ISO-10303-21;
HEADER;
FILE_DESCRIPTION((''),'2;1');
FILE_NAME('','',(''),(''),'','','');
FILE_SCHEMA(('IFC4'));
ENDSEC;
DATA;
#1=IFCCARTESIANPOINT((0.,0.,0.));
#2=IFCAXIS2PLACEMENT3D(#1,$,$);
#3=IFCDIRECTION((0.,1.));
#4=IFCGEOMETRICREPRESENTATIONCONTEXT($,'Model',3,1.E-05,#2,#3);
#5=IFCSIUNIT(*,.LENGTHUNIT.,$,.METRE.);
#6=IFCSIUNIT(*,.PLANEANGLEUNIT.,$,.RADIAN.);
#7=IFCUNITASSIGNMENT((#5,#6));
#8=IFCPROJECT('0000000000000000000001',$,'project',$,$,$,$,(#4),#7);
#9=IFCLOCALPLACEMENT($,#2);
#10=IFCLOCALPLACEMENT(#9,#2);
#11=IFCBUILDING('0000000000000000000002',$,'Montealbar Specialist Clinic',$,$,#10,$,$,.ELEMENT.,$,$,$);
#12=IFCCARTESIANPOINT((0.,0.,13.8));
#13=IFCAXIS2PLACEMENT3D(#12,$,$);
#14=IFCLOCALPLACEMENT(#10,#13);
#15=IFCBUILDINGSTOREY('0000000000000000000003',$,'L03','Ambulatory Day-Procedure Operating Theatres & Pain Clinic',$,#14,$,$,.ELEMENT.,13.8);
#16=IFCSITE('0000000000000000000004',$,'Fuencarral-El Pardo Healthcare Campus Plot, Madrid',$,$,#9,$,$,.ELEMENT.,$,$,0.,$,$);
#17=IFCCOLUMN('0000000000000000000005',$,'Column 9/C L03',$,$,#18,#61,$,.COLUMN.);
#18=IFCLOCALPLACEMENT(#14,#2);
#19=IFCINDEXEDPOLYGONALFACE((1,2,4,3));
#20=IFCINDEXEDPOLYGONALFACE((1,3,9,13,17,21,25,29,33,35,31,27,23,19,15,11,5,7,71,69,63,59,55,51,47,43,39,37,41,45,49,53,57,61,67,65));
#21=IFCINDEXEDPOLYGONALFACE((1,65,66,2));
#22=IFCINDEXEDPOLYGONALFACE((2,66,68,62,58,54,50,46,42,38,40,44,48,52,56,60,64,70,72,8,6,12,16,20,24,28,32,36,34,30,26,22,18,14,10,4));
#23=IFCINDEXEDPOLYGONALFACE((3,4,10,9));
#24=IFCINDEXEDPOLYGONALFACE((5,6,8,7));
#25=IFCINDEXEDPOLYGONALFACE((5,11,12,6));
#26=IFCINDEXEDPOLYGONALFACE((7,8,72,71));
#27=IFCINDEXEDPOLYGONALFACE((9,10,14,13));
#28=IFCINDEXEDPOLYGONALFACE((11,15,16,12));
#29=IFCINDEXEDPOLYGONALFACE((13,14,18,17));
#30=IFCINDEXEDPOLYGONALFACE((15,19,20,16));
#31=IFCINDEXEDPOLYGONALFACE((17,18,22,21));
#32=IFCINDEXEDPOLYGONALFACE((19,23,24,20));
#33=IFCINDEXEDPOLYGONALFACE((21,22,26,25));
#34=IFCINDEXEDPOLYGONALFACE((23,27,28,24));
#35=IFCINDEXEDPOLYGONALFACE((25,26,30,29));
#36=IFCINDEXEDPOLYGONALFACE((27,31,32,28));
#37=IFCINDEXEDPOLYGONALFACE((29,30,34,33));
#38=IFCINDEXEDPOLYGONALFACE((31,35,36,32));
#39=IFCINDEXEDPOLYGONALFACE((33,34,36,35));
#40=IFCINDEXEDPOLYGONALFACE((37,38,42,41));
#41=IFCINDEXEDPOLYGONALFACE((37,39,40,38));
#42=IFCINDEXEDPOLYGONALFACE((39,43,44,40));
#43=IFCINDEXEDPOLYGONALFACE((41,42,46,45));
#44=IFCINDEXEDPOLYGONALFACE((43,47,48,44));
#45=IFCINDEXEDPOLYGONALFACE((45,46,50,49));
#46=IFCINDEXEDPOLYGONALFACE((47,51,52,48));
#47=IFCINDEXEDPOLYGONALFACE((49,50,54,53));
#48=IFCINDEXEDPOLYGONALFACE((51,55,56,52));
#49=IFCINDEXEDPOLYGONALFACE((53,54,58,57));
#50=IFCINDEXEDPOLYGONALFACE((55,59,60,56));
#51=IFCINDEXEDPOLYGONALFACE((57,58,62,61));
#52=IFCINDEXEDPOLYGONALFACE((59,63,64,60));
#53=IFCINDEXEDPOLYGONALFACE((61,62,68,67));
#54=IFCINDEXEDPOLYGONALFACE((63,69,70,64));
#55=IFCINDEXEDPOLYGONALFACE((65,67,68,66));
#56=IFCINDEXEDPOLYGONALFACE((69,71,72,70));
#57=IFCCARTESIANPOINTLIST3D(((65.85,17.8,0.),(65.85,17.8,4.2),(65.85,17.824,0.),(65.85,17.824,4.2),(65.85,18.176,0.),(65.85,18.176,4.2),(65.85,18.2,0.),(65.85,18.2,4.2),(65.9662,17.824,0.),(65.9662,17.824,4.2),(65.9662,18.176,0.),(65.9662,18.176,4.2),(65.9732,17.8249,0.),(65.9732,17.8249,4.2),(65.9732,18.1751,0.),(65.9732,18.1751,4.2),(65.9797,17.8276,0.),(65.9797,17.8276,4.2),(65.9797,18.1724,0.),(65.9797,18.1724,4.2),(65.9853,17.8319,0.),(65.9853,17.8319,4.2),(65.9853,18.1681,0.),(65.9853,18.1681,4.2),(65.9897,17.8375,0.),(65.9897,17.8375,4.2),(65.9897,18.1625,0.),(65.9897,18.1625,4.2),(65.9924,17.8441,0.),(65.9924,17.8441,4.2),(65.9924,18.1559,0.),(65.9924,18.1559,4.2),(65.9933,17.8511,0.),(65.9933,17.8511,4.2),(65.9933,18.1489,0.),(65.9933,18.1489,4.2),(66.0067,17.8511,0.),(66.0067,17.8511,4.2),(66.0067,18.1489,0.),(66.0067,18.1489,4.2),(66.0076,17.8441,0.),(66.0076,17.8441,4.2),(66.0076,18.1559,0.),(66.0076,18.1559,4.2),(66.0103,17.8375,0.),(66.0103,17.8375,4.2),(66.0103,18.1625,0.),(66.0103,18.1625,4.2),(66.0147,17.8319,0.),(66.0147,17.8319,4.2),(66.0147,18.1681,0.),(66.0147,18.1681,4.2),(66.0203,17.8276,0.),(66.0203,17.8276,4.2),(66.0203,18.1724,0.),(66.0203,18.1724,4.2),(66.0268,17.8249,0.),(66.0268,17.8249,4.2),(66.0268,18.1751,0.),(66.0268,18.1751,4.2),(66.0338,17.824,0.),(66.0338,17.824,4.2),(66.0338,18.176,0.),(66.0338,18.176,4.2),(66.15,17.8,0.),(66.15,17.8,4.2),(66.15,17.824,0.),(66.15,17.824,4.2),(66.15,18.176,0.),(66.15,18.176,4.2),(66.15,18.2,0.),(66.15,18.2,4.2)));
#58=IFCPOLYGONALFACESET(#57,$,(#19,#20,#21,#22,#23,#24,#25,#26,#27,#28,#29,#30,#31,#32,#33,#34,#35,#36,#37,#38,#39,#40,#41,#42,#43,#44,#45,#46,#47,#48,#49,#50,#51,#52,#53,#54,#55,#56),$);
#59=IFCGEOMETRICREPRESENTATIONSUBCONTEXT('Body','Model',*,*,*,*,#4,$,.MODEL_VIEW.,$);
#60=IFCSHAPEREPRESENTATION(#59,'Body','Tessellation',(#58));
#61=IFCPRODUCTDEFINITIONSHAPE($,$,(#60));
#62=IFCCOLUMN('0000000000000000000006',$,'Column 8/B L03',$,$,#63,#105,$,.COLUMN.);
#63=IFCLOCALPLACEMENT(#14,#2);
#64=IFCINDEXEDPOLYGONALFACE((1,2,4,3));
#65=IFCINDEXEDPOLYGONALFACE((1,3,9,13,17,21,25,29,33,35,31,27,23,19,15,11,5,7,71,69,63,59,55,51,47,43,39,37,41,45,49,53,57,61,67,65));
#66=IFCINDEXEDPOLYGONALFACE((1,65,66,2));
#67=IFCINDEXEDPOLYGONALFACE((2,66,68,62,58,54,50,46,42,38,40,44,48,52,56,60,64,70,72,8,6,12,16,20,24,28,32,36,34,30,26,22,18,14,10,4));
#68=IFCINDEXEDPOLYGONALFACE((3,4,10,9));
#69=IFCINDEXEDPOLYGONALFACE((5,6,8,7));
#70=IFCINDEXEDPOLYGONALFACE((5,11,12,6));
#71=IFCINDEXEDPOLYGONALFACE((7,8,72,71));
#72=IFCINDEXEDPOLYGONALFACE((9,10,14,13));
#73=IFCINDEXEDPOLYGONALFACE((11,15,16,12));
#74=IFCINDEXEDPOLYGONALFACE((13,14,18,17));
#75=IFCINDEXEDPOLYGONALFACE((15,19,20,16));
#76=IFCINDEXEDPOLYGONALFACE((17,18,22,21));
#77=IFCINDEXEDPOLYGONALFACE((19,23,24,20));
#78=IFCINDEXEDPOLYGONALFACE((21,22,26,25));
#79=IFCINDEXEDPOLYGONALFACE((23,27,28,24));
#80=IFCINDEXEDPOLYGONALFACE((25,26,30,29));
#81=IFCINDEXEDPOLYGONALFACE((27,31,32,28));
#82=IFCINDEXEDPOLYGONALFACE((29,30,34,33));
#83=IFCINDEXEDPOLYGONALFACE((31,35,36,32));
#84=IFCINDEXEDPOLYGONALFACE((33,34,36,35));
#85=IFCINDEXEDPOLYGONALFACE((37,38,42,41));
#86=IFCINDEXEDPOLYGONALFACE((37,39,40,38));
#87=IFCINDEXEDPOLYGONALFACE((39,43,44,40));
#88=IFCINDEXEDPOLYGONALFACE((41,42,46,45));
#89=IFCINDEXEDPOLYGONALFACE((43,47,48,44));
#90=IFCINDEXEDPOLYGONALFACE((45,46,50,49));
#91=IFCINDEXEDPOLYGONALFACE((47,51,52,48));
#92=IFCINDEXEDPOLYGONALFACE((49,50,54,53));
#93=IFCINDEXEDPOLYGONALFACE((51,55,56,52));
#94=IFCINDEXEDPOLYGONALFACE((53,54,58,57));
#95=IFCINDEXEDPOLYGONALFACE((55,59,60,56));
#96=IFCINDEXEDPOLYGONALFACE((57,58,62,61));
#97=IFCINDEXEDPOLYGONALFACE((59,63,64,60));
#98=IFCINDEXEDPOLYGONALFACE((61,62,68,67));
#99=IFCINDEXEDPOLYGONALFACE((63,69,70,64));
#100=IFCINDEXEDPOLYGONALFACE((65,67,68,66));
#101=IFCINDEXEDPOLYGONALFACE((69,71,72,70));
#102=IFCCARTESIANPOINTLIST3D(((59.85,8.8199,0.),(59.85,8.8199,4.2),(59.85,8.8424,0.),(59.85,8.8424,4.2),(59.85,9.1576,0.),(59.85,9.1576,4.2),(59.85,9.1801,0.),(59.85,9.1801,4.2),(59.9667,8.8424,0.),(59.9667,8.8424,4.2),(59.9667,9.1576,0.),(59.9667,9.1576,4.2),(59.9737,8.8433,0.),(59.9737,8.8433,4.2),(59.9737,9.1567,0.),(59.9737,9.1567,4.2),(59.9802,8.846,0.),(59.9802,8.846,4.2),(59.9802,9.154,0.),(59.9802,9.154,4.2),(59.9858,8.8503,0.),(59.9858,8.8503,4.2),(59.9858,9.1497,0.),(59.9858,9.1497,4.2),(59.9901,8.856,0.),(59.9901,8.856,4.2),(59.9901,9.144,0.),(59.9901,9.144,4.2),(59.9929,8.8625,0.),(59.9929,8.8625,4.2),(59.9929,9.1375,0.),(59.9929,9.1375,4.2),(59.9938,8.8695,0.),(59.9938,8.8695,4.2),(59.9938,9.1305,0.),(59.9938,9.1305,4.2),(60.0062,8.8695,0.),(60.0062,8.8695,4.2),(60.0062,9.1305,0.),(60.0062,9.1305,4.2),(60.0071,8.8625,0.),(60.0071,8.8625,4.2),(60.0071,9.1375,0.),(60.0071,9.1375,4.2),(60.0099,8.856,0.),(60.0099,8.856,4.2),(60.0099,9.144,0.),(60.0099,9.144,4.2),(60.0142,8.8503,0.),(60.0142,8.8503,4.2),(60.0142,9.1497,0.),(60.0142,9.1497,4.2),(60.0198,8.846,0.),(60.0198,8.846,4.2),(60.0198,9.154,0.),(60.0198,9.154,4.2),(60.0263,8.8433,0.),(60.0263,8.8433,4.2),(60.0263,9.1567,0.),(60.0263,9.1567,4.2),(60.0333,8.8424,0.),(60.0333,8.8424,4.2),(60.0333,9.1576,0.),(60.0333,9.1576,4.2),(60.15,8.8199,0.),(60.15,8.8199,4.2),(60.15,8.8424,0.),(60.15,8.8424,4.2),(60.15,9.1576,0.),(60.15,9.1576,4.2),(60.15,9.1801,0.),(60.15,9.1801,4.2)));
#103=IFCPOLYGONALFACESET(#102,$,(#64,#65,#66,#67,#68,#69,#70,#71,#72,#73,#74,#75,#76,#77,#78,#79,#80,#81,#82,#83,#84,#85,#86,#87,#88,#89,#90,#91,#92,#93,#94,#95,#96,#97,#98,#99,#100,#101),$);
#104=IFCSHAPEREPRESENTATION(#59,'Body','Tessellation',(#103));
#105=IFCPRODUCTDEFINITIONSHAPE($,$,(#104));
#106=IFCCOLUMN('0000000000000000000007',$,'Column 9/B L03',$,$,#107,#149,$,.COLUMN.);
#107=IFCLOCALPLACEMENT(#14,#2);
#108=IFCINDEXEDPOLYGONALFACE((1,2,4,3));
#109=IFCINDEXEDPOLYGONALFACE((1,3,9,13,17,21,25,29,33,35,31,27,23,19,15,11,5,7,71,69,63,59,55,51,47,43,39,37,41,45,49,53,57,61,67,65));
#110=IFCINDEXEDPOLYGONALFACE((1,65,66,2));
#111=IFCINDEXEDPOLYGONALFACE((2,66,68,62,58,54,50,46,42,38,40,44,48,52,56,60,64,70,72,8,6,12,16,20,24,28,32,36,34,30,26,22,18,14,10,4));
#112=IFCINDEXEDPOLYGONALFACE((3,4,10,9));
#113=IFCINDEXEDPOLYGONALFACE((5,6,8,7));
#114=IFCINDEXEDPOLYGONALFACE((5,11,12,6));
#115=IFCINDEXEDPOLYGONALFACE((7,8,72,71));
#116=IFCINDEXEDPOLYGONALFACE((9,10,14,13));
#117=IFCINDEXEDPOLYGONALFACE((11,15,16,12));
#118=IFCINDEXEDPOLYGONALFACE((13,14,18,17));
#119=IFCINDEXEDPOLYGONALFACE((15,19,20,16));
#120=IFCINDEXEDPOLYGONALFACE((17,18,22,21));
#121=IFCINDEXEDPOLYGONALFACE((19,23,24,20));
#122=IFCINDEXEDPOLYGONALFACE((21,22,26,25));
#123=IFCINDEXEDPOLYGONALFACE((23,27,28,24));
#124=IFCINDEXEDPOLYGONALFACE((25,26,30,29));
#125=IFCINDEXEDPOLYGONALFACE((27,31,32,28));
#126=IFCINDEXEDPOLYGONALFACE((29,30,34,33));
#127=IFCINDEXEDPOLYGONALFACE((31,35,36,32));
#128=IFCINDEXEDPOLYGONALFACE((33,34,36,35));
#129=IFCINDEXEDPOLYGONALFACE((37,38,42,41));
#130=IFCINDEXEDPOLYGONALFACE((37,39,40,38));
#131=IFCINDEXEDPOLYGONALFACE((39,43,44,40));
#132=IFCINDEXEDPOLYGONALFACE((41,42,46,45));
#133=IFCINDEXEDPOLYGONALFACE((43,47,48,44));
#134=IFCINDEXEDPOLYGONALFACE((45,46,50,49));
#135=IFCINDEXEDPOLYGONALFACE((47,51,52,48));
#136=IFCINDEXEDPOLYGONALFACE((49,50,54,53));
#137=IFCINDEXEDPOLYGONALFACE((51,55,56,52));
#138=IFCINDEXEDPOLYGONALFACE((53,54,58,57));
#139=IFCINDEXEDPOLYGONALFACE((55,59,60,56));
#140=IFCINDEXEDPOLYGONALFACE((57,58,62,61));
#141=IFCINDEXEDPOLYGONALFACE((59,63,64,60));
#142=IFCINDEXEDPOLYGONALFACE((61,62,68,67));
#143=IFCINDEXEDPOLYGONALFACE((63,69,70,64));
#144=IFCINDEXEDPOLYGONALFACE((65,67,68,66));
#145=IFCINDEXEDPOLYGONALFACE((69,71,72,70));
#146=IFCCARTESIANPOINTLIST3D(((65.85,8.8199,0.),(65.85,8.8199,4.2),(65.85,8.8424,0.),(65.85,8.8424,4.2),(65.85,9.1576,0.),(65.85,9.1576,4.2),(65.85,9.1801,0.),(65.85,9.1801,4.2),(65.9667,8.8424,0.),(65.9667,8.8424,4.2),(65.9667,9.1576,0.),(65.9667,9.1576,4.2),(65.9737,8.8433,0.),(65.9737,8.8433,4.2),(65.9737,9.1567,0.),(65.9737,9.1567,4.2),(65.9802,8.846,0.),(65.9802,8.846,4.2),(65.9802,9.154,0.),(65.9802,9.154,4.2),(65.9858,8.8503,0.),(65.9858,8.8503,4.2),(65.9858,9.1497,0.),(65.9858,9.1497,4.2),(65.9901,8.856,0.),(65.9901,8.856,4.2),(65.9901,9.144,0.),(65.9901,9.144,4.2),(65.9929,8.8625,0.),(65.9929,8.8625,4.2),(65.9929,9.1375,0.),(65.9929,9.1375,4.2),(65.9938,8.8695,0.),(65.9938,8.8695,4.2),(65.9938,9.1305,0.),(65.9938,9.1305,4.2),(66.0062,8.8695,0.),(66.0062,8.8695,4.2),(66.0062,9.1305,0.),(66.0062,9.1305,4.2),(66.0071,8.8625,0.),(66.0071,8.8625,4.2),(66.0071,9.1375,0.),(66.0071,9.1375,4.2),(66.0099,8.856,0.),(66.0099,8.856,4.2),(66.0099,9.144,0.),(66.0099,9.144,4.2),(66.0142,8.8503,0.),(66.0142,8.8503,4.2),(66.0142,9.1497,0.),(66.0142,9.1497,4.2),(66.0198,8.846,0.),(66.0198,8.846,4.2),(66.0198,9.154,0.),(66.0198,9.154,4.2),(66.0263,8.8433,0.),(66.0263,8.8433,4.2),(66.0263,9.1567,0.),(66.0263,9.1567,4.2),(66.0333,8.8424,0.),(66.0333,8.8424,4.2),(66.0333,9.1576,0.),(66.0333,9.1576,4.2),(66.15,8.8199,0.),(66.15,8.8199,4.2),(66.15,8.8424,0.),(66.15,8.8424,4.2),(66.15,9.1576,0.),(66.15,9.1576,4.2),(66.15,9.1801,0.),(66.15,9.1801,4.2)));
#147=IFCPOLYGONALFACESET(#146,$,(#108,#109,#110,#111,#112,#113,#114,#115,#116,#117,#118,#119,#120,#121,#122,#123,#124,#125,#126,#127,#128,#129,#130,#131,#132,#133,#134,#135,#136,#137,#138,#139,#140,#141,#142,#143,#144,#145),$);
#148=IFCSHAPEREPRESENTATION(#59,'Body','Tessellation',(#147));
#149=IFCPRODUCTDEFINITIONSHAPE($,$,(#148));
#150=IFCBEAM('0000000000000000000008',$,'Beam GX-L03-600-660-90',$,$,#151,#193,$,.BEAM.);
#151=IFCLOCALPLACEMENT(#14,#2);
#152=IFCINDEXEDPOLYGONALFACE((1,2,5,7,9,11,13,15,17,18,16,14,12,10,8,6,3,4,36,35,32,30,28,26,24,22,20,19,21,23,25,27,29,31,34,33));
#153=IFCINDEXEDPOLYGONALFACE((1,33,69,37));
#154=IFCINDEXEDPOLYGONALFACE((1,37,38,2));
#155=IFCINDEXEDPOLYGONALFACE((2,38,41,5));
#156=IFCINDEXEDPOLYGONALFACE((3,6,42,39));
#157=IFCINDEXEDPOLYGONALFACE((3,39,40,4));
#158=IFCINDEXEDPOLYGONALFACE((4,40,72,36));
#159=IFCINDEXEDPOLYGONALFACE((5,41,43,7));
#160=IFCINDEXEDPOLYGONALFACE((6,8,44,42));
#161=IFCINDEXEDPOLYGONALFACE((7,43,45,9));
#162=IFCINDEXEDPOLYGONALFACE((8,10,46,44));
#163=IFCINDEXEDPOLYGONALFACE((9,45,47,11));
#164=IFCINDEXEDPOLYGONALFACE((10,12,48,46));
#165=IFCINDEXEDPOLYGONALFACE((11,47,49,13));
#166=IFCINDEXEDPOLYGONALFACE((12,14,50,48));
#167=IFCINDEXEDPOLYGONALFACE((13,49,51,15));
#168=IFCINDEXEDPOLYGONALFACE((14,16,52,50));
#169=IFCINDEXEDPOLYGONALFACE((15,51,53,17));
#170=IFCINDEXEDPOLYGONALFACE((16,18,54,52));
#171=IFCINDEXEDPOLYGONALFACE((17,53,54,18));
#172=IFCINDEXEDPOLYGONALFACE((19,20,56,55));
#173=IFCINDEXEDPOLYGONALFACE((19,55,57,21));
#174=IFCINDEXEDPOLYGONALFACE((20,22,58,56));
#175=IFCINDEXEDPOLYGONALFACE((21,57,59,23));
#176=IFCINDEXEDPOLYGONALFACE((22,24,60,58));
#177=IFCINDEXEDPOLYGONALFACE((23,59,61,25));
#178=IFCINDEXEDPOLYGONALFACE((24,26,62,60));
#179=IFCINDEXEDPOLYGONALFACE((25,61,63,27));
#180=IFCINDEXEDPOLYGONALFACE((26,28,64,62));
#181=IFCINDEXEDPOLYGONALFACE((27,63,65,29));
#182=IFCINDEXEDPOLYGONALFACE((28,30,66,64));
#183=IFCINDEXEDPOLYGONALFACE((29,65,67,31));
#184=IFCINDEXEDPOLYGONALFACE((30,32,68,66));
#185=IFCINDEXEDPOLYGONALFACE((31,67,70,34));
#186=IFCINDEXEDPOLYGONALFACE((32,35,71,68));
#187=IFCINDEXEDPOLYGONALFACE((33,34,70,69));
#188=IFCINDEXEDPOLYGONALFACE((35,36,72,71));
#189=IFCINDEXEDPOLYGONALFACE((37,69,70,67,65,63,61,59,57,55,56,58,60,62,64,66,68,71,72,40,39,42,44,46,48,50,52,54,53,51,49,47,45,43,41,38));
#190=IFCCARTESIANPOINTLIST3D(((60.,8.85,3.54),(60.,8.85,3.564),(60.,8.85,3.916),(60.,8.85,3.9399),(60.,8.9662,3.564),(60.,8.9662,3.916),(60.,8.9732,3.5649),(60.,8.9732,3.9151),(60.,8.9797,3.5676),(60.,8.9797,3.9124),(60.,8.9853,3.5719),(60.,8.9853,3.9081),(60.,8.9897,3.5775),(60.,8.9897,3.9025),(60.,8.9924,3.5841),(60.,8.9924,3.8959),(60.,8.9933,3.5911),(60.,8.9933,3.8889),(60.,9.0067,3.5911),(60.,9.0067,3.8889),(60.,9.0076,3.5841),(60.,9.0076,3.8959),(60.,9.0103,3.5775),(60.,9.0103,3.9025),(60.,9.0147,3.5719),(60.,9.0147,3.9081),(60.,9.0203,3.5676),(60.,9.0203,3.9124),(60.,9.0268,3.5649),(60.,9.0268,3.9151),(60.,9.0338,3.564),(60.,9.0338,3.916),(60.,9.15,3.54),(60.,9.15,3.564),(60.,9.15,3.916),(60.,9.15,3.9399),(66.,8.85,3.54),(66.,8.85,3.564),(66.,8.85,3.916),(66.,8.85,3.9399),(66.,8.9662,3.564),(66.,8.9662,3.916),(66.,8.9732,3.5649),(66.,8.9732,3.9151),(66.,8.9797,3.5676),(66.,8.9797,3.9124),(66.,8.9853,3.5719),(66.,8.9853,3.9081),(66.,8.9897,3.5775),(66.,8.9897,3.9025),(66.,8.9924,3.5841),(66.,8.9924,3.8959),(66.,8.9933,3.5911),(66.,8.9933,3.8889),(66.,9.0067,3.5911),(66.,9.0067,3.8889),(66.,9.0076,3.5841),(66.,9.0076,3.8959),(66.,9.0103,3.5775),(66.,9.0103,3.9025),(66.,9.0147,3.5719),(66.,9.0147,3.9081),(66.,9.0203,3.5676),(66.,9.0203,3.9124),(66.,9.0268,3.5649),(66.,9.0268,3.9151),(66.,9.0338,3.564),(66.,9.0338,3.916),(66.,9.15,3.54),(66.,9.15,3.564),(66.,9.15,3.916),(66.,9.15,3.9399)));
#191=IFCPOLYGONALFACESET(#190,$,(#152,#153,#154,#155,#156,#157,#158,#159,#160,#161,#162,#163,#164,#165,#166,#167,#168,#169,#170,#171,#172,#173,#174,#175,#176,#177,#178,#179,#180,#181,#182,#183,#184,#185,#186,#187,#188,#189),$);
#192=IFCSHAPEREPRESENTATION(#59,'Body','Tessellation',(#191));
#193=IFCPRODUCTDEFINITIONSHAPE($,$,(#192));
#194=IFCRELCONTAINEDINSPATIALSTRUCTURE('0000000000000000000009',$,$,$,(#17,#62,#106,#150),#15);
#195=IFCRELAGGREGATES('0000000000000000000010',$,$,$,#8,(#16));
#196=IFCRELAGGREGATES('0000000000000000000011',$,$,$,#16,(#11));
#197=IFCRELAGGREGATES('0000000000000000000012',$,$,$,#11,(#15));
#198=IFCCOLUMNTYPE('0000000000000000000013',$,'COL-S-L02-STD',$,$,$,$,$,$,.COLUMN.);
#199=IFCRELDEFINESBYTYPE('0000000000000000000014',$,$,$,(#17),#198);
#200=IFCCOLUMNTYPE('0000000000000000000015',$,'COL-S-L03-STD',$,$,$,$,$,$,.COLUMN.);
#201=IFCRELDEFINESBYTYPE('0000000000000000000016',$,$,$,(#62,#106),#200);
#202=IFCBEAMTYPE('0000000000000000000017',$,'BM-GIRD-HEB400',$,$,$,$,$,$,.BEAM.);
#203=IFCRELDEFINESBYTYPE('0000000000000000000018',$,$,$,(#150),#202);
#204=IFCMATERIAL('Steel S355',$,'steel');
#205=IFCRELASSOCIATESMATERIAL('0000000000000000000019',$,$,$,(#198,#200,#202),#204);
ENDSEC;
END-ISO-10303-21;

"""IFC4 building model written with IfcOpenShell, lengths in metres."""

from ifc_helpers import new_model, si_unit, direction, frame, origin, origin_2d, place, context, subcontext, project, spatial, i_section, extrude, material, material_profile, profile_set, type_object, element, save


model = new_model("IFC4")

# Units and contexts
model_context = context("Model", 3, precision=1e-05, world=origin(), true_north=direction((0.0, 1.0)))
body_context = subcontext(model_context, "Body", "Model", "MODEL_VIEW")
ifc_project = project(units=[si_unit("LENGTHUNIT", "METRE"), si_unit("PLANEANGLEUNIT", "RADIAN")], contexts=[model_context])

# Site, building, storey
site_placement = place(None, origin())
site = spatial("IfcSite", under=ifc_project, at=site_placement, Name="Fuencarral-El Pardo Healthcare Campus Plot, Madrid", CompositionType="ELEMENT", RefElevation=0.0)
building_placement = place(site_placement, origin())
building = spatial("IfcBuilding", under=site, at=building_placement, Name="Montealbar Specialist Clinic", CompositionType="ELEMENT")
storey_placement = place(building_placement, frame((0.0, 0.0, 13.8)))
storey = spatial("IfcBuildingStorey", under=building, at=storey_placement, Name="L03", Description="Ambulatory Day-Procedure Operating Theatres & Pain Clinic", CompositionType="ELEMENT", Elevation=13.8)

# Columns
ifc_material_1 = material(Name="Steel S355", Category="steel")
ifc_material_profile_1 = material_profile(ifc_material_1, i_section(OverallWidth=0.3, OverallDepth=0.3999, WebThickness=0.0134, FlangeThickness=0.0239, FilletRadius=0.0271, at=origin_2d()), Name="HEB 400", Category="steel")
ifc_profile_set_1 = profile_set([ifc_material_profile_1], Name="Steel S355")
column_type_1 = type_object("IfcColumnType", Name="COL-S-L02-STD", PredefinedType="COLUMN", material=ifc_profile_set_1)
column_placement = place(storey_placement, frame((66.0, 18.0, 0.0), z_axis=(0.0, 0.0, 1.0), x_axis=(1.0, 0.0, 0.0)))
element("IfcColumn", 1, at=column_placement, inside=storey, type_object=column_type_1, Name="Column 9/C L03", PredefinedType="COLUMN", context=body_context, shape_type="SweptSolid", body=[
    extrude(i_section(OverallWidth=0.3, OverallDepth=0.3999, WebThickness=0.0134, FlangeThickness=0.0239, FilletRadius=0.0271, at=origin_2d()), origin(), (0.0, 0.0, 1.0), 4.2),
])
ifc_material_profile_2 = material_profile(ifc_material_1, i_section(OverallWidth=0.3, OverallDepth=0.3601, WebThickness=0.0125, FlangeThickness=0.0225, FilletRadius=0.0271, at=origin_2d()), Name="HEB 360", Category="steel")
ifc_profile_set_2 = profile_set([ifc_material_profile_2], Name="Steel S355")
column_type_2 = type_object("IfcColumnType", Name="COL-S-L03-STD", PredefinedType="COLUMN", material=ifc_profile_set_2)
for number, where, z_axis, x_axis, name in (
    (2, (60.0, 9.0, 0.0), (0.0, 0.0, 1.0), (1.0, 0.0, 0.0), "Column 8/B L03"),
    (3, (66.0, 9.0, 0.0), (0.0, 0.0, 1.0), (1.0, 0.0, 0.0), "Column 9/B L03"),
):
    element("IfcColumn", number, at=place(storey_placement, frame(where, z_axis=z_axis, x_axis=x_axis)), inside=storey, type_object=column_type_2, Name=name, PredefinedType="COLUMN", context=body_context, shape_type="SweptSolid", body=[
        extrude(i_section(OverallWidth=0.3, OverallDepth=0.3601, WebThickness=0.0125, FlangeThickness=0.0225, FilletRadius=0.0271, at=origin_2d()), origin(), (0.0, 0.0, 1.0), 4.2),
    ])

# Beam
ifc_material_profile_3 = material_profile(ifc_material_1, i_section(OverallWidth=0.3, OverallDepth=0.3999, WebThickness=0.0134, FlangeThickness=0.0239, FilletRadius=0.0271, at=origin_2d()), Name="HEB 400", Category="steel")
ifc_profile_set_3 = profile_set([ifc_material_profile_3], Name="Steel S355")
beam_type_1 = type_object("IfcBeamType", Name="BM-GIRD-HEB400", PredefinedType="BEAM", material=ifc_profile_set_3)
beam_1_placement = place(storey_placement, frame((60.0, 9.0, 3.74), z_axis=(1.0, 0.0, 0.0), x_axis=(0.0, 1.0, 0.0)))
element("IfcBeam", 4, at=beam_1_placement, inside=storey, type_object=beam_type_1, Name="Beam GX-L03-600-660-90", PredefinedType="BEAM", context=body_context, shape_type="SweptSolid", body=[
    extrude(i_section(OverallWidth=0.3, OverallDepth=0.3999, WebThickness=0.0134, FlangeThickness=0.0239, FilletRadius=0.0271, at=origin_2d()), origin(), (0.0, 0.0, 1.0), 6.0),
])

save(model, "model.ifc")
